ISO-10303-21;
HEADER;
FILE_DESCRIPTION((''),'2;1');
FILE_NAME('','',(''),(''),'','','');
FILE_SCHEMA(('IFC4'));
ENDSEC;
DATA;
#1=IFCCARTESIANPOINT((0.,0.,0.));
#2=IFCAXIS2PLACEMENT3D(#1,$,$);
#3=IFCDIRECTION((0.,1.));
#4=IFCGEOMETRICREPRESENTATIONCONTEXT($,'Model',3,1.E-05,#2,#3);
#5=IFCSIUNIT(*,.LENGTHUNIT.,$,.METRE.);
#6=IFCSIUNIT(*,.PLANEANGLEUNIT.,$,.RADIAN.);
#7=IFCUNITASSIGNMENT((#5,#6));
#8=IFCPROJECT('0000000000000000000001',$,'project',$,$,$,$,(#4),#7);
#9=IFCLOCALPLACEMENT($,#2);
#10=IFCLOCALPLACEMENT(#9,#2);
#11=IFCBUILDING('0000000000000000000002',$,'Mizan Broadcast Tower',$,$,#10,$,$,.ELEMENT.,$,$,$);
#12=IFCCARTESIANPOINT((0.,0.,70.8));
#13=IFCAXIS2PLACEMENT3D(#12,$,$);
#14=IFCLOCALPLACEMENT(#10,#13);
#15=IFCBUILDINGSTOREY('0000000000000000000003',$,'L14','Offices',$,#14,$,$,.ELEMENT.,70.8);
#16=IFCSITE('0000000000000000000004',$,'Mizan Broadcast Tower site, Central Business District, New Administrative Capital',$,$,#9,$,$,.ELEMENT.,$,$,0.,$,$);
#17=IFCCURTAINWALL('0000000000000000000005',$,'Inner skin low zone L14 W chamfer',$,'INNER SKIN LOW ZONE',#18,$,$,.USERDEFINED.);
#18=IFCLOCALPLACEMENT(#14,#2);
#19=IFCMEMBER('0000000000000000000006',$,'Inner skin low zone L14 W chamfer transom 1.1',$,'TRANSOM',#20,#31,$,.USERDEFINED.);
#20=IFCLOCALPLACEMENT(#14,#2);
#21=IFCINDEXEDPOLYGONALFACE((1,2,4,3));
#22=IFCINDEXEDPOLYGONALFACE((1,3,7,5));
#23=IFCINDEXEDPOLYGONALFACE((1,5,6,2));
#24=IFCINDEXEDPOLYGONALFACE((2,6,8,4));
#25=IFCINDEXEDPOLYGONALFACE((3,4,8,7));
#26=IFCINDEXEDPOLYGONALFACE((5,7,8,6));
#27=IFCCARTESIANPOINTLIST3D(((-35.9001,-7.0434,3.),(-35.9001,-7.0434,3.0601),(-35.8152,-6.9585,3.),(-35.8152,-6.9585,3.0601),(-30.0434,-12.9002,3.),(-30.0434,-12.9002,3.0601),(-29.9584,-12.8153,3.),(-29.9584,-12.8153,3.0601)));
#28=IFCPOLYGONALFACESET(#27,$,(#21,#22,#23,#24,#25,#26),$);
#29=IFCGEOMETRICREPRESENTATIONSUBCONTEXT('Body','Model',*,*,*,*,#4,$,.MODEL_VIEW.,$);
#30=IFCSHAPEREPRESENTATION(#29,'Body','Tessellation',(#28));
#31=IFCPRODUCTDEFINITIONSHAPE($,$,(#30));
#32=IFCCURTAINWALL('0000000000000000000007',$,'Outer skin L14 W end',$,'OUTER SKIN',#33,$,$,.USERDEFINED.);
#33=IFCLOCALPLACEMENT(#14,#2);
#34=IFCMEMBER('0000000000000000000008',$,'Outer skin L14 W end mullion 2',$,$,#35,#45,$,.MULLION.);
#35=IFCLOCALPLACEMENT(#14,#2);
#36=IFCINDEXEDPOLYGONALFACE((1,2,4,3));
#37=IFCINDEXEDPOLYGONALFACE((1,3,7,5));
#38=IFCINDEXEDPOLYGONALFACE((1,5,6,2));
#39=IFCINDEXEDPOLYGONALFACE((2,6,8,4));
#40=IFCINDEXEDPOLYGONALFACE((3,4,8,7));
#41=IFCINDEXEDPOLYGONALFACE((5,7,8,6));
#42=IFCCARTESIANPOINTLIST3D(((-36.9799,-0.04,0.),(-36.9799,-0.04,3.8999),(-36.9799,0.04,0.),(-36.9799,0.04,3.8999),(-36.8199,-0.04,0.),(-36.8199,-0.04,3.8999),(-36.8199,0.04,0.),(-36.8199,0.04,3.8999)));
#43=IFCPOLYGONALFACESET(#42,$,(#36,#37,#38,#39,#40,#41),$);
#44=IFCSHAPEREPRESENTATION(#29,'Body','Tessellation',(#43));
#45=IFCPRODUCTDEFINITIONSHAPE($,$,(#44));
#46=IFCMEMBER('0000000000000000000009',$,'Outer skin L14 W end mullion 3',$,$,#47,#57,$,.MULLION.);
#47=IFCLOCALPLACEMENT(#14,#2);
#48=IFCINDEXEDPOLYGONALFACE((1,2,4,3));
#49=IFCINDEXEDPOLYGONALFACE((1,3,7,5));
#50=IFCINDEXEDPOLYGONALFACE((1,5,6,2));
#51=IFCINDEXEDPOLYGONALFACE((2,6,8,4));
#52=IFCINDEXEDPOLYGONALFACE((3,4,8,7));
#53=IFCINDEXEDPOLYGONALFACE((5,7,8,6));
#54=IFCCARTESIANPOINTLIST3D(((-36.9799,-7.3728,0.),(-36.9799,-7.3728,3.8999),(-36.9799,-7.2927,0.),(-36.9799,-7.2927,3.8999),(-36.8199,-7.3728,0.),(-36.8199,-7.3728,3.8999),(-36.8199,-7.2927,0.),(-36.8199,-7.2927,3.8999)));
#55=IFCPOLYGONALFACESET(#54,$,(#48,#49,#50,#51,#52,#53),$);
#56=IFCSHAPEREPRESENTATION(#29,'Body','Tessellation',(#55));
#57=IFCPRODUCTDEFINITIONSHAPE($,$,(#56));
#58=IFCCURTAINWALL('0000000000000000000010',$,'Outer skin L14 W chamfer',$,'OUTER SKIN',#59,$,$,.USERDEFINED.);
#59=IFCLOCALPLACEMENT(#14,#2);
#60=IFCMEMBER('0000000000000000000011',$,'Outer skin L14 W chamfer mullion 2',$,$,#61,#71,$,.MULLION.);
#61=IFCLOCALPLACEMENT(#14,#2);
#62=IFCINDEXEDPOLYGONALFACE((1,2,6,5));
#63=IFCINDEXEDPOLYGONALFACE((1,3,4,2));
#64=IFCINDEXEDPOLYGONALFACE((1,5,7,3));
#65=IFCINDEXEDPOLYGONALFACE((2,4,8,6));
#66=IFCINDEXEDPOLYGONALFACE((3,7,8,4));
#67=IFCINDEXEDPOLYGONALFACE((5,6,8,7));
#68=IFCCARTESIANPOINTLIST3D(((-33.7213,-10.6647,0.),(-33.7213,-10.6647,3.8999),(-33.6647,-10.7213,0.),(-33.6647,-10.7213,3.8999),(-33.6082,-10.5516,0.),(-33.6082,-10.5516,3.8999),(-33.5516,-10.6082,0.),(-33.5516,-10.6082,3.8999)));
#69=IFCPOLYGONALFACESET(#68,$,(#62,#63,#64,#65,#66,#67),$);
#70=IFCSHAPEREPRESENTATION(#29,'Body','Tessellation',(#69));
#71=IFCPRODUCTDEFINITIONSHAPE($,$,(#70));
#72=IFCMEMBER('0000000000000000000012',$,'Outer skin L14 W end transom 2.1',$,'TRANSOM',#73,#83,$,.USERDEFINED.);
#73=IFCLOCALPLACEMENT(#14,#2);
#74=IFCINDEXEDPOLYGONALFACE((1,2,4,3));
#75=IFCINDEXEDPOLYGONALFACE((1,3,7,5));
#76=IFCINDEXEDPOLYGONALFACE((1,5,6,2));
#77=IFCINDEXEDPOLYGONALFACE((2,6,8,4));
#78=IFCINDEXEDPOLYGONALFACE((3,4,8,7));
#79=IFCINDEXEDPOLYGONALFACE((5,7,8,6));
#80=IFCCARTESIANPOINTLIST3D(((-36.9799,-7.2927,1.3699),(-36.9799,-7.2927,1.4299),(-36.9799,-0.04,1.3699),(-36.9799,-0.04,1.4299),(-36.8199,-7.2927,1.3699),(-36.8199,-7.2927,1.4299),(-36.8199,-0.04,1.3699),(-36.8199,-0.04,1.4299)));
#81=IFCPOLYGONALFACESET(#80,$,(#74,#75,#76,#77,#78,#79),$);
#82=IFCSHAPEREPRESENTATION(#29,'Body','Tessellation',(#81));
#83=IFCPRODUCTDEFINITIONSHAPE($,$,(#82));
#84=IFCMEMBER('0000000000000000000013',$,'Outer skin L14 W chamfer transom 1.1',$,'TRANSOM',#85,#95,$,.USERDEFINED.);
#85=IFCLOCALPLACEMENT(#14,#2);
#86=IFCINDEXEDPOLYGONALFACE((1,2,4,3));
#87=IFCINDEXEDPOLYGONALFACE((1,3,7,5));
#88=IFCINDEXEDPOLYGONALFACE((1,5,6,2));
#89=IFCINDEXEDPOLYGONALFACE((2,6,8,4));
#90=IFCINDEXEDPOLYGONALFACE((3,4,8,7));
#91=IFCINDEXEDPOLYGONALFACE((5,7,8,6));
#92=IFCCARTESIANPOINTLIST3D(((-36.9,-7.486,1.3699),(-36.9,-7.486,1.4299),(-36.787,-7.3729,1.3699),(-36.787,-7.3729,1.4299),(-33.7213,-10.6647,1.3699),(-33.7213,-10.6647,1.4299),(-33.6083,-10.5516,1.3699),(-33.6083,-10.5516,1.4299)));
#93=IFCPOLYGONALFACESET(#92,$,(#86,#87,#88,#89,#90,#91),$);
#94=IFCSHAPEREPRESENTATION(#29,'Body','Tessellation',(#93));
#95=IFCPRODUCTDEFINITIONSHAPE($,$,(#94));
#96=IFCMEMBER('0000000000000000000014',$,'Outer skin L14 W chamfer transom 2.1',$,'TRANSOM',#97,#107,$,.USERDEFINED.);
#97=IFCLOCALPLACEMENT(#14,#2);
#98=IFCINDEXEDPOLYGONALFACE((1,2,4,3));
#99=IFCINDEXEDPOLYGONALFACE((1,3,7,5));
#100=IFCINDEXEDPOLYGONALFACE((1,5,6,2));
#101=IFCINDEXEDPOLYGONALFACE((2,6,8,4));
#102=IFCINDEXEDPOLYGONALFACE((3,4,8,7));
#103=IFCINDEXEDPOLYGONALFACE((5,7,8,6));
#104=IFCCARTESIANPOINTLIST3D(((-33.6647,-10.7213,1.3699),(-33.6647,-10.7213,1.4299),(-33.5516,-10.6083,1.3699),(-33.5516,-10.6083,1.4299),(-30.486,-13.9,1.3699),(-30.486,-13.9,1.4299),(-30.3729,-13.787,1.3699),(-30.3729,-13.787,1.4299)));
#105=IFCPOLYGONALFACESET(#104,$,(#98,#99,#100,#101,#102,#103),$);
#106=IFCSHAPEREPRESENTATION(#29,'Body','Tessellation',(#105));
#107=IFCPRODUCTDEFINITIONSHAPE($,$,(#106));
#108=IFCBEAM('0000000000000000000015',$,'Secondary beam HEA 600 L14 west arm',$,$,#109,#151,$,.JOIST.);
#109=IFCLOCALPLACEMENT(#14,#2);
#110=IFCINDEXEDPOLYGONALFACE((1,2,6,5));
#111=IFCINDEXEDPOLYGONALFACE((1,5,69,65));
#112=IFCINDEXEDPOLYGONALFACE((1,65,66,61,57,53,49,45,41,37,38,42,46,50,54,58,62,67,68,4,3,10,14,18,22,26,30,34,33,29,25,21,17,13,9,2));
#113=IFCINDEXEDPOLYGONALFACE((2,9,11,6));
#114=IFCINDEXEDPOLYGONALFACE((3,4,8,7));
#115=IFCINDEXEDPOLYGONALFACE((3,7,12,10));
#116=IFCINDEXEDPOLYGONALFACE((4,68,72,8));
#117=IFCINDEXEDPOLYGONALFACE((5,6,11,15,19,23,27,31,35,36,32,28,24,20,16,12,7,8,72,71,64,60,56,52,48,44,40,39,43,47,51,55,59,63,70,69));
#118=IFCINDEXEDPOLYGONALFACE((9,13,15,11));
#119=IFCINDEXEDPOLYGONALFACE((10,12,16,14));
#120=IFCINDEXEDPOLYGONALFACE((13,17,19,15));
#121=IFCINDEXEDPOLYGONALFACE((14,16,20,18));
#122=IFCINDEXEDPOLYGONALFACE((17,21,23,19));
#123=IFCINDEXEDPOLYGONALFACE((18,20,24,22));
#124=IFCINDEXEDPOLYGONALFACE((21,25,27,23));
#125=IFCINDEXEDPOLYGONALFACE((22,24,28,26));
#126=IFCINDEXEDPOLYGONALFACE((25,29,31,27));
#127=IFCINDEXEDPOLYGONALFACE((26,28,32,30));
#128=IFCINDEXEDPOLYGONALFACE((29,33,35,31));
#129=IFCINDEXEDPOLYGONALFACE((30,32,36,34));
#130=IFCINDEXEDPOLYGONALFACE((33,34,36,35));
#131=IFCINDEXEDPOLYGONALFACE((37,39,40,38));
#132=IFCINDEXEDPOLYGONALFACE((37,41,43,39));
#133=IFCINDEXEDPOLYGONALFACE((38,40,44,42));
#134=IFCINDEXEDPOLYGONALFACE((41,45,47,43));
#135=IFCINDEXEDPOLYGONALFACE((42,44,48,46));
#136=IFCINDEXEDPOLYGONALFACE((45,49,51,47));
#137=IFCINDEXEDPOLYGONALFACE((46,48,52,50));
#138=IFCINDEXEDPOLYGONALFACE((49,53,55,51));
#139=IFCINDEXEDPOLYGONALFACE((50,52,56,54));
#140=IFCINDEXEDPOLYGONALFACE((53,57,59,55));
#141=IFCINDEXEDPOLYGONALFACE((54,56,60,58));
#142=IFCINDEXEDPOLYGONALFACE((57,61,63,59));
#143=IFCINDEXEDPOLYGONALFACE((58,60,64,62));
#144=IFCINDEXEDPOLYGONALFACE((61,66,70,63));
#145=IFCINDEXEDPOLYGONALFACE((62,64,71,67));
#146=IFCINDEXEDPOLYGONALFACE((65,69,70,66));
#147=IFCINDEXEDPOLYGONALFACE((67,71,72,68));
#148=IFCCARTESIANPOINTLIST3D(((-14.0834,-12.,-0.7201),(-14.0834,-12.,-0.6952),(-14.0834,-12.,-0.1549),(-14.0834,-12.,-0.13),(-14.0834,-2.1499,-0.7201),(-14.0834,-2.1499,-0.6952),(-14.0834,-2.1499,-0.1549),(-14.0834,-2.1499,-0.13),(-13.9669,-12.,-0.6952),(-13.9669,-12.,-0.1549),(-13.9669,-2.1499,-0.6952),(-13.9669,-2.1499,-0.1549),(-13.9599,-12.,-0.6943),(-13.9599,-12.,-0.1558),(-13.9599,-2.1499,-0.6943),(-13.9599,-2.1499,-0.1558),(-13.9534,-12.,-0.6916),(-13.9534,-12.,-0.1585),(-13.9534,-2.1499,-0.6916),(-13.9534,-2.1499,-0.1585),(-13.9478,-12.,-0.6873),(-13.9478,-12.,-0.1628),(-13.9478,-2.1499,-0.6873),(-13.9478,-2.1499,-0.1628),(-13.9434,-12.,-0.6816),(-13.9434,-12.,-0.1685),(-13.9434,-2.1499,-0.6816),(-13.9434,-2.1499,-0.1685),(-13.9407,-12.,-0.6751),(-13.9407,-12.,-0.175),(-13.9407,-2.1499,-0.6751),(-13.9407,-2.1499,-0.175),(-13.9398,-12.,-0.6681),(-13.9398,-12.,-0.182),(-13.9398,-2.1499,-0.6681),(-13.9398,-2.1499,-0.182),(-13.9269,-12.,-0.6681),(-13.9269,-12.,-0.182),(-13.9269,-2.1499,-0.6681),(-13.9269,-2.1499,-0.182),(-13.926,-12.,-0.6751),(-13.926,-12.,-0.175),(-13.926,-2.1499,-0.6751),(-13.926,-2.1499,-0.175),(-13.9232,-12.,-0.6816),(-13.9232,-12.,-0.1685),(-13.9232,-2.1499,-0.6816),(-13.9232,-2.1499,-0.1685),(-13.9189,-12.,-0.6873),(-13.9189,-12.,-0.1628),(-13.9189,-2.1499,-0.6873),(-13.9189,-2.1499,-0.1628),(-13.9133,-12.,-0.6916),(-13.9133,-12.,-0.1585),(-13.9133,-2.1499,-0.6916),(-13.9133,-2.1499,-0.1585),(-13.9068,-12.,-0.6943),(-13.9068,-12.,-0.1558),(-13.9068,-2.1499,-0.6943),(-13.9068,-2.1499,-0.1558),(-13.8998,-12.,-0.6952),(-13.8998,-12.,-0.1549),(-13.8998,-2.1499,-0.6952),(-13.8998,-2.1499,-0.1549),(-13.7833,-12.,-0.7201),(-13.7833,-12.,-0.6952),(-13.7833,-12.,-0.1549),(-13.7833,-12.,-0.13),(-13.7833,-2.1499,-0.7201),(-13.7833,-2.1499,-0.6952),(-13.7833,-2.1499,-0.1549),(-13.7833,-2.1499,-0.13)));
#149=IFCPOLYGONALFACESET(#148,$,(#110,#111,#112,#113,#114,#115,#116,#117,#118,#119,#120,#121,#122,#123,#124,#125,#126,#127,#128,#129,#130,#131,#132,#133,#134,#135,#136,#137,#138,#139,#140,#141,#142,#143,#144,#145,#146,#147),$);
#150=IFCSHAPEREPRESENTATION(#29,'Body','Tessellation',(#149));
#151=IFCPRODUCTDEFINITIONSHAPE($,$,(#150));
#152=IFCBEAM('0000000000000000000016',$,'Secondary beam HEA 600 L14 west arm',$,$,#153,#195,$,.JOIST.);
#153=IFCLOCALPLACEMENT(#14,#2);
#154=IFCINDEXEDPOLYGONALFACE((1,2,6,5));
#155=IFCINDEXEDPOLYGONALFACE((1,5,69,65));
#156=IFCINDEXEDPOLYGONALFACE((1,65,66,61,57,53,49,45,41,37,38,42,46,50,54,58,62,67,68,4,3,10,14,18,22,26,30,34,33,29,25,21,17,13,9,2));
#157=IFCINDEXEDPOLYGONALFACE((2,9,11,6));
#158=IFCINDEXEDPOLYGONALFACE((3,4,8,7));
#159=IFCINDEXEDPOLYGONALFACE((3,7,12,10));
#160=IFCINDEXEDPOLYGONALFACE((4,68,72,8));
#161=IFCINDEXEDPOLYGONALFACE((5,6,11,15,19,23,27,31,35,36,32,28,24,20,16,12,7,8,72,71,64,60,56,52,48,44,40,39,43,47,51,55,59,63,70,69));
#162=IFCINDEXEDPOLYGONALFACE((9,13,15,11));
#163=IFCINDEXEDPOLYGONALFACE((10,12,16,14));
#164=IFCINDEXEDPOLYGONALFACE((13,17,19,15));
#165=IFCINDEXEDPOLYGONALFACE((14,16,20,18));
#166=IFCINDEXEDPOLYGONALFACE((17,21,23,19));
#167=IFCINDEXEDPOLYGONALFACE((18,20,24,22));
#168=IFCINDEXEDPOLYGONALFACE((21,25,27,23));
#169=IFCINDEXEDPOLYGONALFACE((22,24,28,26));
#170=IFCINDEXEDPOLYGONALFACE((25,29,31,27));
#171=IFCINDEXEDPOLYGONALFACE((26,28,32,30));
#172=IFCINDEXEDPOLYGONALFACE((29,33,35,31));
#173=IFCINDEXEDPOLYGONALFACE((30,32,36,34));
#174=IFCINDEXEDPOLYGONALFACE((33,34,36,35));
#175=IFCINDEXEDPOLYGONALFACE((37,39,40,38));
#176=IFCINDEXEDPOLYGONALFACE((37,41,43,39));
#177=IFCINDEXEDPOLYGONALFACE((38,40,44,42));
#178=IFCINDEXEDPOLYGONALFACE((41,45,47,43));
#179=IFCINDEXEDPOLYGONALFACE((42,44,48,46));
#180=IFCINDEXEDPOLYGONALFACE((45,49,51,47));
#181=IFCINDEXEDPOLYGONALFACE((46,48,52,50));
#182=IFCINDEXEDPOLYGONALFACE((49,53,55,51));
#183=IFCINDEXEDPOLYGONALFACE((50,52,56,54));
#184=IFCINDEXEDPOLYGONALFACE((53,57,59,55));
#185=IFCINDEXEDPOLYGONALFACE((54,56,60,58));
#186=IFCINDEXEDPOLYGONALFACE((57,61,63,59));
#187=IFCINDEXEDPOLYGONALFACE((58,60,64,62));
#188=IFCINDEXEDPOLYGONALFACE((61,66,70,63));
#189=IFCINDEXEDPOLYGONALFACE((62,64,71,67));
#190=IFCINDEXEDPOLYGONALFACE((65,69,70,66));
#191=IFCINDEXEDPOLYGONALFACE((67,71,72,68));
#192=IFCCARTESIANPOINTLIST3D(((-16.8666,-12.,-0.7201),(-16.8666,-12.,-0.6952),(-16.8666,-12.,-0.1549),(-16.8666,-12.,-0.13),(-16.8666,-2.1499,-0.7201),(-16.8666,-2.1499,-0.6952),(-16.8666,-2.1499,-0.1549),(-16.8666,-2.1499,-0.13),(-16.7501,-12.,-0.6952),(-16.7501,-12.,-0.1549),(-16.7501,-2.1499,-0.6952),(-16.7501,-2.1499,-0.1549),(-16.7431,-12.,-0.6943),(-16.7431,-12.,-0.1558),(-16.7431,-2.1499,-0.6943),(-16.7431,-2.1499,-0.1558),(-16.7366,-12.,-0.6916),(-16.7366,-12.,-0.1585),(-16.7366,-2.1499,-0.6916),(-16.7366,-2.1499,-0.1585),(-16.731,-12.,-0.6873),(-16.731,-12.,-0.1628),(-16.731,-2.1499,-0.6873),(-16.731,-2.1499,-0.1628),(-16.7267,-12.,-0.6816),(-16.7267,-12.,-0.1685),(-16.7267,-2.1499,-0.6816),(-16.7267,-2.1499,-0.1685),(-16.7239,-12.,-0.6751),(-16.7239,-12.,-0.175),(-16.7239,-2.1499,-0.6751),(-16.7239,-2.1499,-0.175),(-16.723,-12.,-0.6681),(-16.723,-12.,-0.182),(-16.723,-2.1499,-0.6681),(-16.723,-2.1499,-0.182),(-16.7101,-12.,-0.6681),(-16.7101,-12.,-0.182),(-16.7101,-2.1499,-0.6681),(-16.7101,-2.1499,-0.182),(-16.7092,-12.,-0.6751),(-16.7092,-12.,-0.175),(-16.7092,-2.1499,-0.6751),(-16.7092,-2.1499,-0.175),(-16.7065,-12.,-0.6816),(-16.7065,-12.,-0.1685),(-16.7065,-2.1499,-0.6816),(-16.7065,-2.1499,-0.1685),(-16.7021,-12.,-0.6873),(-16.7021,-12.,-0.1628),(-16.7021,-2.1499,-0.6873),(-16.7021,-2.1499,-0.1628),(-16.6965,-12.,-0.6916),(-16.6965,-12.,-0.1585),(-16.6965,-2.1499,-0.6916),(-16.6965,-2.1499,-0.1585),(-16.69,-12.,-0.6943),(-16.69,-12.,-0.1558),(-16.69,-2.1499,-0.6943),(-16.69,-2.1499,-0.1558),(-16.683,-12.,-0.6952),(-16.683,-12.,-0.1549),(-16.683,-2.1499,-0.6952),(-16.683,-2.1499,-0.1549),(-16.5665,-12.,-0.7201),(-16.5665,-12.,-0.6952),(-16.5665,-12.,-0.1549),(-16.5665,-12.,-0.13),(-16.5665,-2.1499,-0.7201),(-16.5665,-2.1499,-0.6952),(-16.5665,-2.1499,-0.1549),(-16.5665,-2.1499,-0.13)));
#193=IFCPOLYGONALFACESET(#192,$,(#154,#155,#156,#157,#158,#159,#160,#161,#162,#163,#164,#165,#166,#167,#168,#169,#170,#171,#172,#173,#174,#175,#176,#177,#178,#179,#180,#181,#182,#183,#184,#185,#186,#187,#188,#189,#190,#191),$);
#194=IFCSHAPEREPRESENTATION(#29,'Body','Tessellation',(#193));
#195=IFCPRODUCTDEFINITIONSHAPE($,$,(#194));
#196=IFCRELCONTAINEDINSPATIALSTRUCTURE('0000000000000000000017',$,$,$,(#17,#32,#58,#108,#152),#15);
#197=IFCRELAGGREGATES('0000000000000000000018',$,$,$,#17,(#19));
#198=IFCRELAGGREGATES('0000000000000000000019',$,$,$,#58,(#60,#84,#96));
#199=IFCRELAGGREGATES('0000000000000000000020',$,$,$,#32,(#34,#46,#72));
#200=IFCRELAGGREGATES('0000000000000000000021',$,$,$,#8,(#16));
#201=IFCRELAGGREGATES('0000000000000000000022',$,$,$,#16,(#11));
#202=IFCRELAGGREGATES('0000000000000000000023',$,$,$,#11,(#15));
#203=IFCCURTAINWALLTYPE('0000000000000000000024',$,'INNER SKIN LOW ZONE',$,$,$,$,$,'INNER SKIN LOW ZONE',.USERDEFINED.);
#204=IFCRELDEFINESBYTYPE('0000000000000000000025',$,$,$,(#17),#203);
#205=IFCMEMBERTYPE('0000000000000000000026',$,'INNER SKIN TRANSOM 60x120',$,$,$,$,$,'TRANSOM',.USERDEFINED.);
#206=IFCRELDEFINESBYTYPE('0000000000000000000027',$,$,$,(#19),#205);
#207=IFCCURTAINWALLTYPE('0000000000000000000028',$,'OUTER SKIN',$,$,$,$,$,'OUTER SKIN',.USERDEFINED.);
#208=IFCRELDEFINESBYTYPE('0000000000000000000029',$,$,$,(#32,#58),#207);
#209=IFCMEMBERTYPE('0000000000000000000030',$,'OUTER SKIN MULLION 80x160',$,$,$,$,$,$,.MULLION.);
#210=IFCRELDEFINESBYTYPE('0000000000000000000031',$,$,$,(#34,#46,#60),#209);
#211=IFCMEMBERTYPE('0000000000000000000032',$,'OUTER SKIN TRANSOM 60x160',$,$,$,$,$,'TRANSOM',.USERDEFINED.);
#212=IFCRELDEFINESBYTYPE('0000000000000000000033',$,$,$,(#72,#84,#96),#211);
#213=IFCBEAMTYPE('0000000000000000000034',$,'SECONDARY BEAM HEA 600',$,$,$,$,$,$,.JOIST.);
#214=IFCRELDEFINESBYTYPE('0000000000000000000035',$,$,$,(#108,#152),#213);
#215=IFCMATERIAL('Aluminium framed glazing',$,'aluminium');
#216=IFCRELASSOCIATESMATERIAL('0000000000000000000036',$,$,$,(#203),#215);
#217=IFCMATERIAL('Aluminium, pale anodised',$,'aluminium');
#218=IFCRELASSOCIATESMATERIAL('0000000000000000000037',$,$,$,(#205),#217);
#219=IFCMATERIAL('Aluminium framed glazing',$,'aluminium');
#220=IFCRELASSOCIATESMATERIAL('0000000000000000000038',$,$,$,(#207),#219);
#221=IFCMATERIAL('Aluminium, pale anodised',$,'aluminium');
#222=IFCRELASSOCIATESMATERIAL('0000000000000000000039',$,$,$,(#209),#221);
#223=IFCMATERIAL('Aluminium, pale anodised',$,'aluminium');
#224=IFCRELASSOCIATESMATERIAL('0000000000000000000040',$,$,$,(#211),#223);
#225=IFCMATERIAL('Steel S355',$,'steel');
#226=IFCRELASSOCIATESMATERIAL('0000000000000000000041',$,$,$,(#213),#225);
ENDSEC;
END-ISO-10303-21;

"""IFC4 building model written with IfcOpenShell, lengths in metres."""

from ifc_helpers import new_model, si_unit, direction, frame, origin, origin_2d, place, context, subcontext, project, spatial, rectangle, i_section, extrude, material, material_profile, profile_set, type_object, element, aggregate, save


model = new_model("IFC4")

# Units and contexts
model_context = context("Model", 3, precision=1e-05, world=origin(), true_north=direction((0.0, 1.0)))
body_context = subcontext(model_context, "Body", "Model", "MODEL_VIEW")
ifc_project = project(units=[si_unit("LENGTHUNIT", "METRE"), si_unit("PLANEANGLEUNIT", "RADIAN")], contexts=[model_context])

# Site, building, storey
site_placement = place(None, origin())
site = spatial("IfcSite", under=ifc_project, at=site_placement, Name="Mizan Broadcast Tower site, Central Business District, New Administrative Capital", CompositionType="ELEMENT", RefElevation=0.0)
building_placement = place(site_placement, origin())
building = spatial("IfcBuilding", under=site, at=building_placement, Name="Mizan Broadcast Tower", CompositionType="ELEMENT")
storey_placement = place(building_placement, frame((0.0, 0.0, 70.8)))
storey = spatial("IfcBuildingStorey", under=building, at=storey_placement, Name="L14", Description="Offices", CompositionType="ELEMENT", Elevation=70.8)

# Shared definitions
ifc_material_1 = material(Name="Aluminium framed glazing", Category="aluminium")
curtain_wall_type_1 = type_object("IfcCurtainWallType", Name="INNER SKIN LOW ZONE", ElementType="INNER SKIN LOW ZONE", PredefinedType="USERDEFINED", material=ifc_material_1)
ifc_material_2 = material(Name="Aluminium, pale anodised", Category="aluminium")
ifc_material_profile_1 = material_profile(ifc_material_2, rectangle(XDim=0.1201, YDim=0.0601, at=origin_2d()), Name="TRANSOM 120x60")
ifc_profile_set_1 = profile_set([ifc_material_profile_1], Name="Aluminium, pale anodised")
member_type_1 = type_object("IfcMemberType", Name="INNER SKIN TRANSOM 60x120", ElementType="TRANSOM", PredefinedType="USERDEFINED", material=ifc_profile_set_1)

# Curtain wall, member
curtain_wall_1_placement = place(storey_placement, origin())
curtain_wall_1 = element("IfcCurtainWall", 1, at=curtain_wall_1_placement, inside=storey, type_object=curtain_wall_type_1, Name="Inner skin low zone L14 W chamfer", ObjectType="INNER SKIN LOW ZONE", PredefinedType="USERDEFINED")
member_1_placement = place(storey_placement, frame((-35.8577, -7.001, 3.03), z_axis=(0.707107, -0.707107, 0.0), x_axis=(0.707107, 0.707107, 0.0)))
member_1 = element("IfcMember", 2, at=member_1_placement, type_object=member_type_1, Name="Inner skin low zone L14 W chamfer transom 1.1", ObjectType="TRANSOM", PredefinedType="USERDEFINED", context=body_context, shape_type="SweptSolid", body=[
    extrude(rectangle(XDim=0.1201, YDim=0.0601, at=origin_2d()), origin(), (0.0, 0.0, 1.0), 8.2827),
])

# Curtain wall, members
ifc_material_3 = material(Name="Aluminium framed glazing", Category="aluminium")
curtain_wall_type_2 = type_object("IfcCurtainWallType", Name="OUTER SKIN", ElementType="OUTER SKIN", PredefinedType="USERDEFINED", material=ifc_material_3)
curtain_wall_2_placement = place(storey_placement, origin())
curtain_wall_2 = element("IfcCurtainWall", 3, at=curtain_wall_2_placement, inside=storey, type_object=curtain_wall_type_2, Name="Outer skin L14 W end", ObjectType="OUTER SKIN", PredefinedType="USERDEFINED")
ifc_material_4 = material(Name="Aluminium, pale anodised", Category="aluminium")
ifc_material_profile_2 = material_profile(ifc_material_4, rectangle(XDim=0.1599, YDim=0.0801, at=origin_2d()), Name="MULLION 160x80")
ifc_profile_set_2 = profile_set([ifc_material_profile_2], Name="Aluminium, pale anodised")
member_type_2 = type_object("IfcMemberType", Name="OUTER SKIN MULLION 80x160", PredefinedType="MULLION", material=ifc_profile_set_2)
member_2_placement = place(storey_placement, frame((-36.8999, 0.0, 0.0), z_axis=(0.0, 0.0, 1.0), x_axis=(1.0, 0.0, 0.0)))
member_2 = element("IfcMember", 4, at=member_2_placement, type_object=member_type_2, Name="Outer skin L14 W end mullion 2", PredefinedType="MULLION", context=body_context, shape_type="SweptSolid", body=[
    extrude(rectangle(XDim=0.1599, YDim=0.0801, at=origin_2d()), origin(), (0.0, 0.0, 1.0), 3.8999),
])
member_3_placement = place(storey_placement, frame((-36.8999, -7.3328, 0.0), z_axis=(0.0, 0.0, 1.0), x_axis=(1.0, 0.0, 0.0)))
member_3 = element("IfcMember", 5, at=member_3_placement, type_object=member_type_2, Name="Outer skin L14 W end mullion 3", PredefinedType="MULLION", context=body_context, shape_type="SweptSolid", body=[
    extrude(rectangle(XDim=0.1599, YDim=0.0801, at=origin_2d()), origin(), (0.0, 0.0, 1.0), 3.8999),
])

# Curtain wall, member
curtain_wall_3_placement = place(storey_placement, origin())
curtain_wall_3 = element("IfcCurtainWall", 6, at=curtain_wall_3_placement, inside=storey, type_object=curtain_wall_type_2, Name="Outer skin L14 W chamfer", ObjectType="OUTER SKIN", PredefinedType="USERDEFINED")
member_4_placement = place(storey_placement, frame((-33.6365, -10.6365, 0.0), z_axis=(0.0, 0.0, 1.0), x_axis=(0.707107, 0.707107, 0.0)))
member_4 = element("IfcMember", 7, at=member_4_placement, type_object=member_type_2, Name="Outer skin L14 W chamfer mullion 2", PredefinedType="MULLION", context=body_context, shape_type="SweptSolid", body=[
    extrude(rectangle(XDim=0.1599, YDim=0.0801, at=origin_2d()), origin(), (0.0, 0.0, 1.0), 3.8999),
])

# Members
ifc_material_5 = material(Name="Aluminium, pale anodised", Category="aluminium")
ifc_material_profile_3 = material_profile(ifc_material_5, rectangle(XDim=0.1599, YDim=0.0601, at=origin_2d()), Name="TRANSOM 160x60")
ifc_profile_set_3 = profile_set([ifc_material_profile_3], Name="Aluminium, pale anodised")
member_type_3 = type_object("IfcMemberType", Name="OUTER SKIN TRANSOM 60x160", ElementType="TRANSOM", PredefinedType="USERDEFINED", material=ifc_profile_set_3)
member_5_placement = place(storey_placement, frame((-36.8999, -0.04, 1.3999), z_axis=(0.0, -1.0, 0.0), x_axis=(1.0, 0.0, 0.0)))
member_5 = element("IfcMember", 8, at=member_5_placement, type_object=member_type_3, Name="Outer skin L14 W end transom 2.1", ObjectType="TRANSOM", PredefinedType="USERDEFINED", context=body_context, shape_type="SweptSolid", body=[
    extrude(rectangle(XDim=0.1599, YDim=0.0601, at=origin_2d()), origin(), (0.0, 0.0, 1.0), 7.2527),
])
member_6_placement = place(storey_placement, frame((-36.8435, -7.4294, 1.3999), z_axis=(0.707107, -0.707107, 0.0), x_axis=(0.707107, 0.707107, 0.0)))
member_6 = element("IfcMember", 9, at=member_6_placement, type_object=member_type_3, Name="Outer skin L14 W chamfer transom 1.1", ObjectType="TRANSOM", PredefinedType="USERDEFINED", context=body_context, shape_type="SweptSolid", body=[
    extrude(rectangle(XDim=0.1599, YDim=0.0601, at=origin_2d()), origin(), (0.0, 0.0, 1.0), 4.4954),
])
member_7_placement = place(storey_placement, frame((-33.6082, -10.6648, 1.3999), z_axis=(0.707107, -0.707107, 0.0), x_axis=(0.707107, 0.707107, 0.0)))
member_7 = element("IfcMember", 10, at=member_7_placement, type_object=member_type_3, Name="Outer skin L14 W chamfer transom 2.1", ObjectType="TRANSOM", PredefinedType="USERDEFINED", context=body_context, shape_type="SweptSolid", body=[
    extrude(rectangle(XDim=0.1599, YDim=0.0601, at=origin_2d()), origin(), (0.0, 0.0, 1.0), 4.4954),
])

# Beams
ifc_material_6 = material(Name="Steel S355", Category="steel")
ifc_material_profile_4 = material_profile(ifc_material_6, i_section(OverallWidth=0.3, OverallDepth=0.5901, WebThickness=0.0129, FlangeThickness=0.0249, FilletRadius=0.0271, at=origin_2d()), Name="HEA 600")
ifc_profile_set_4 = profile_set([ifc_material_profile_4], Name="Steel S355")
beam_type_1 = type_object("IfcBeamType", Name="SECONDARY BEAM HEA 600", PredefinedType="JOIST", material=ifc_profile_set_4)
for number, where, z_axis, x_axis, name in (
    (11, (-13.9333, -12.0, -0.425), (0.0, 1.0, 0.0), (-1.0, 0.0, 0.0), "Secondary beam HEA 600 L14 west arm"),
    (12, (-16.7166, -12.0, -0.425), (0.0, 1.0, 0.0), (-1.0, 0.0, 0.0), "Secondary beam HEA 600 L14 west arm"),
):
    element("IfcBeam", number, at=place(storey_placement, frame(where, z_axis=z_axis, x_axis=x_axis)), inside=storey, type_object=beam_type_1, Name=name, PredefinedType="JOIST", context=body_context, shape_type="SweptSolid", body=[
        extrude(i_section(OverallWidth=0.3, OverallDepth=0.5901, WebThickness=0.0129, FlangeThickness=0.0249, FilletRadius=0.0271, at=origin_2d()), origin(), (0.0, 0.0, 1.0), 9.8501),
    ])

aggregate(curtain_wall_1, [member_1])
aggregate(curtain_wall_3, [member_4, member_6, member_7])
aggregate(curtain_wall_2, [member_2, member_3, member_5])

save(model, "model.ifc")
